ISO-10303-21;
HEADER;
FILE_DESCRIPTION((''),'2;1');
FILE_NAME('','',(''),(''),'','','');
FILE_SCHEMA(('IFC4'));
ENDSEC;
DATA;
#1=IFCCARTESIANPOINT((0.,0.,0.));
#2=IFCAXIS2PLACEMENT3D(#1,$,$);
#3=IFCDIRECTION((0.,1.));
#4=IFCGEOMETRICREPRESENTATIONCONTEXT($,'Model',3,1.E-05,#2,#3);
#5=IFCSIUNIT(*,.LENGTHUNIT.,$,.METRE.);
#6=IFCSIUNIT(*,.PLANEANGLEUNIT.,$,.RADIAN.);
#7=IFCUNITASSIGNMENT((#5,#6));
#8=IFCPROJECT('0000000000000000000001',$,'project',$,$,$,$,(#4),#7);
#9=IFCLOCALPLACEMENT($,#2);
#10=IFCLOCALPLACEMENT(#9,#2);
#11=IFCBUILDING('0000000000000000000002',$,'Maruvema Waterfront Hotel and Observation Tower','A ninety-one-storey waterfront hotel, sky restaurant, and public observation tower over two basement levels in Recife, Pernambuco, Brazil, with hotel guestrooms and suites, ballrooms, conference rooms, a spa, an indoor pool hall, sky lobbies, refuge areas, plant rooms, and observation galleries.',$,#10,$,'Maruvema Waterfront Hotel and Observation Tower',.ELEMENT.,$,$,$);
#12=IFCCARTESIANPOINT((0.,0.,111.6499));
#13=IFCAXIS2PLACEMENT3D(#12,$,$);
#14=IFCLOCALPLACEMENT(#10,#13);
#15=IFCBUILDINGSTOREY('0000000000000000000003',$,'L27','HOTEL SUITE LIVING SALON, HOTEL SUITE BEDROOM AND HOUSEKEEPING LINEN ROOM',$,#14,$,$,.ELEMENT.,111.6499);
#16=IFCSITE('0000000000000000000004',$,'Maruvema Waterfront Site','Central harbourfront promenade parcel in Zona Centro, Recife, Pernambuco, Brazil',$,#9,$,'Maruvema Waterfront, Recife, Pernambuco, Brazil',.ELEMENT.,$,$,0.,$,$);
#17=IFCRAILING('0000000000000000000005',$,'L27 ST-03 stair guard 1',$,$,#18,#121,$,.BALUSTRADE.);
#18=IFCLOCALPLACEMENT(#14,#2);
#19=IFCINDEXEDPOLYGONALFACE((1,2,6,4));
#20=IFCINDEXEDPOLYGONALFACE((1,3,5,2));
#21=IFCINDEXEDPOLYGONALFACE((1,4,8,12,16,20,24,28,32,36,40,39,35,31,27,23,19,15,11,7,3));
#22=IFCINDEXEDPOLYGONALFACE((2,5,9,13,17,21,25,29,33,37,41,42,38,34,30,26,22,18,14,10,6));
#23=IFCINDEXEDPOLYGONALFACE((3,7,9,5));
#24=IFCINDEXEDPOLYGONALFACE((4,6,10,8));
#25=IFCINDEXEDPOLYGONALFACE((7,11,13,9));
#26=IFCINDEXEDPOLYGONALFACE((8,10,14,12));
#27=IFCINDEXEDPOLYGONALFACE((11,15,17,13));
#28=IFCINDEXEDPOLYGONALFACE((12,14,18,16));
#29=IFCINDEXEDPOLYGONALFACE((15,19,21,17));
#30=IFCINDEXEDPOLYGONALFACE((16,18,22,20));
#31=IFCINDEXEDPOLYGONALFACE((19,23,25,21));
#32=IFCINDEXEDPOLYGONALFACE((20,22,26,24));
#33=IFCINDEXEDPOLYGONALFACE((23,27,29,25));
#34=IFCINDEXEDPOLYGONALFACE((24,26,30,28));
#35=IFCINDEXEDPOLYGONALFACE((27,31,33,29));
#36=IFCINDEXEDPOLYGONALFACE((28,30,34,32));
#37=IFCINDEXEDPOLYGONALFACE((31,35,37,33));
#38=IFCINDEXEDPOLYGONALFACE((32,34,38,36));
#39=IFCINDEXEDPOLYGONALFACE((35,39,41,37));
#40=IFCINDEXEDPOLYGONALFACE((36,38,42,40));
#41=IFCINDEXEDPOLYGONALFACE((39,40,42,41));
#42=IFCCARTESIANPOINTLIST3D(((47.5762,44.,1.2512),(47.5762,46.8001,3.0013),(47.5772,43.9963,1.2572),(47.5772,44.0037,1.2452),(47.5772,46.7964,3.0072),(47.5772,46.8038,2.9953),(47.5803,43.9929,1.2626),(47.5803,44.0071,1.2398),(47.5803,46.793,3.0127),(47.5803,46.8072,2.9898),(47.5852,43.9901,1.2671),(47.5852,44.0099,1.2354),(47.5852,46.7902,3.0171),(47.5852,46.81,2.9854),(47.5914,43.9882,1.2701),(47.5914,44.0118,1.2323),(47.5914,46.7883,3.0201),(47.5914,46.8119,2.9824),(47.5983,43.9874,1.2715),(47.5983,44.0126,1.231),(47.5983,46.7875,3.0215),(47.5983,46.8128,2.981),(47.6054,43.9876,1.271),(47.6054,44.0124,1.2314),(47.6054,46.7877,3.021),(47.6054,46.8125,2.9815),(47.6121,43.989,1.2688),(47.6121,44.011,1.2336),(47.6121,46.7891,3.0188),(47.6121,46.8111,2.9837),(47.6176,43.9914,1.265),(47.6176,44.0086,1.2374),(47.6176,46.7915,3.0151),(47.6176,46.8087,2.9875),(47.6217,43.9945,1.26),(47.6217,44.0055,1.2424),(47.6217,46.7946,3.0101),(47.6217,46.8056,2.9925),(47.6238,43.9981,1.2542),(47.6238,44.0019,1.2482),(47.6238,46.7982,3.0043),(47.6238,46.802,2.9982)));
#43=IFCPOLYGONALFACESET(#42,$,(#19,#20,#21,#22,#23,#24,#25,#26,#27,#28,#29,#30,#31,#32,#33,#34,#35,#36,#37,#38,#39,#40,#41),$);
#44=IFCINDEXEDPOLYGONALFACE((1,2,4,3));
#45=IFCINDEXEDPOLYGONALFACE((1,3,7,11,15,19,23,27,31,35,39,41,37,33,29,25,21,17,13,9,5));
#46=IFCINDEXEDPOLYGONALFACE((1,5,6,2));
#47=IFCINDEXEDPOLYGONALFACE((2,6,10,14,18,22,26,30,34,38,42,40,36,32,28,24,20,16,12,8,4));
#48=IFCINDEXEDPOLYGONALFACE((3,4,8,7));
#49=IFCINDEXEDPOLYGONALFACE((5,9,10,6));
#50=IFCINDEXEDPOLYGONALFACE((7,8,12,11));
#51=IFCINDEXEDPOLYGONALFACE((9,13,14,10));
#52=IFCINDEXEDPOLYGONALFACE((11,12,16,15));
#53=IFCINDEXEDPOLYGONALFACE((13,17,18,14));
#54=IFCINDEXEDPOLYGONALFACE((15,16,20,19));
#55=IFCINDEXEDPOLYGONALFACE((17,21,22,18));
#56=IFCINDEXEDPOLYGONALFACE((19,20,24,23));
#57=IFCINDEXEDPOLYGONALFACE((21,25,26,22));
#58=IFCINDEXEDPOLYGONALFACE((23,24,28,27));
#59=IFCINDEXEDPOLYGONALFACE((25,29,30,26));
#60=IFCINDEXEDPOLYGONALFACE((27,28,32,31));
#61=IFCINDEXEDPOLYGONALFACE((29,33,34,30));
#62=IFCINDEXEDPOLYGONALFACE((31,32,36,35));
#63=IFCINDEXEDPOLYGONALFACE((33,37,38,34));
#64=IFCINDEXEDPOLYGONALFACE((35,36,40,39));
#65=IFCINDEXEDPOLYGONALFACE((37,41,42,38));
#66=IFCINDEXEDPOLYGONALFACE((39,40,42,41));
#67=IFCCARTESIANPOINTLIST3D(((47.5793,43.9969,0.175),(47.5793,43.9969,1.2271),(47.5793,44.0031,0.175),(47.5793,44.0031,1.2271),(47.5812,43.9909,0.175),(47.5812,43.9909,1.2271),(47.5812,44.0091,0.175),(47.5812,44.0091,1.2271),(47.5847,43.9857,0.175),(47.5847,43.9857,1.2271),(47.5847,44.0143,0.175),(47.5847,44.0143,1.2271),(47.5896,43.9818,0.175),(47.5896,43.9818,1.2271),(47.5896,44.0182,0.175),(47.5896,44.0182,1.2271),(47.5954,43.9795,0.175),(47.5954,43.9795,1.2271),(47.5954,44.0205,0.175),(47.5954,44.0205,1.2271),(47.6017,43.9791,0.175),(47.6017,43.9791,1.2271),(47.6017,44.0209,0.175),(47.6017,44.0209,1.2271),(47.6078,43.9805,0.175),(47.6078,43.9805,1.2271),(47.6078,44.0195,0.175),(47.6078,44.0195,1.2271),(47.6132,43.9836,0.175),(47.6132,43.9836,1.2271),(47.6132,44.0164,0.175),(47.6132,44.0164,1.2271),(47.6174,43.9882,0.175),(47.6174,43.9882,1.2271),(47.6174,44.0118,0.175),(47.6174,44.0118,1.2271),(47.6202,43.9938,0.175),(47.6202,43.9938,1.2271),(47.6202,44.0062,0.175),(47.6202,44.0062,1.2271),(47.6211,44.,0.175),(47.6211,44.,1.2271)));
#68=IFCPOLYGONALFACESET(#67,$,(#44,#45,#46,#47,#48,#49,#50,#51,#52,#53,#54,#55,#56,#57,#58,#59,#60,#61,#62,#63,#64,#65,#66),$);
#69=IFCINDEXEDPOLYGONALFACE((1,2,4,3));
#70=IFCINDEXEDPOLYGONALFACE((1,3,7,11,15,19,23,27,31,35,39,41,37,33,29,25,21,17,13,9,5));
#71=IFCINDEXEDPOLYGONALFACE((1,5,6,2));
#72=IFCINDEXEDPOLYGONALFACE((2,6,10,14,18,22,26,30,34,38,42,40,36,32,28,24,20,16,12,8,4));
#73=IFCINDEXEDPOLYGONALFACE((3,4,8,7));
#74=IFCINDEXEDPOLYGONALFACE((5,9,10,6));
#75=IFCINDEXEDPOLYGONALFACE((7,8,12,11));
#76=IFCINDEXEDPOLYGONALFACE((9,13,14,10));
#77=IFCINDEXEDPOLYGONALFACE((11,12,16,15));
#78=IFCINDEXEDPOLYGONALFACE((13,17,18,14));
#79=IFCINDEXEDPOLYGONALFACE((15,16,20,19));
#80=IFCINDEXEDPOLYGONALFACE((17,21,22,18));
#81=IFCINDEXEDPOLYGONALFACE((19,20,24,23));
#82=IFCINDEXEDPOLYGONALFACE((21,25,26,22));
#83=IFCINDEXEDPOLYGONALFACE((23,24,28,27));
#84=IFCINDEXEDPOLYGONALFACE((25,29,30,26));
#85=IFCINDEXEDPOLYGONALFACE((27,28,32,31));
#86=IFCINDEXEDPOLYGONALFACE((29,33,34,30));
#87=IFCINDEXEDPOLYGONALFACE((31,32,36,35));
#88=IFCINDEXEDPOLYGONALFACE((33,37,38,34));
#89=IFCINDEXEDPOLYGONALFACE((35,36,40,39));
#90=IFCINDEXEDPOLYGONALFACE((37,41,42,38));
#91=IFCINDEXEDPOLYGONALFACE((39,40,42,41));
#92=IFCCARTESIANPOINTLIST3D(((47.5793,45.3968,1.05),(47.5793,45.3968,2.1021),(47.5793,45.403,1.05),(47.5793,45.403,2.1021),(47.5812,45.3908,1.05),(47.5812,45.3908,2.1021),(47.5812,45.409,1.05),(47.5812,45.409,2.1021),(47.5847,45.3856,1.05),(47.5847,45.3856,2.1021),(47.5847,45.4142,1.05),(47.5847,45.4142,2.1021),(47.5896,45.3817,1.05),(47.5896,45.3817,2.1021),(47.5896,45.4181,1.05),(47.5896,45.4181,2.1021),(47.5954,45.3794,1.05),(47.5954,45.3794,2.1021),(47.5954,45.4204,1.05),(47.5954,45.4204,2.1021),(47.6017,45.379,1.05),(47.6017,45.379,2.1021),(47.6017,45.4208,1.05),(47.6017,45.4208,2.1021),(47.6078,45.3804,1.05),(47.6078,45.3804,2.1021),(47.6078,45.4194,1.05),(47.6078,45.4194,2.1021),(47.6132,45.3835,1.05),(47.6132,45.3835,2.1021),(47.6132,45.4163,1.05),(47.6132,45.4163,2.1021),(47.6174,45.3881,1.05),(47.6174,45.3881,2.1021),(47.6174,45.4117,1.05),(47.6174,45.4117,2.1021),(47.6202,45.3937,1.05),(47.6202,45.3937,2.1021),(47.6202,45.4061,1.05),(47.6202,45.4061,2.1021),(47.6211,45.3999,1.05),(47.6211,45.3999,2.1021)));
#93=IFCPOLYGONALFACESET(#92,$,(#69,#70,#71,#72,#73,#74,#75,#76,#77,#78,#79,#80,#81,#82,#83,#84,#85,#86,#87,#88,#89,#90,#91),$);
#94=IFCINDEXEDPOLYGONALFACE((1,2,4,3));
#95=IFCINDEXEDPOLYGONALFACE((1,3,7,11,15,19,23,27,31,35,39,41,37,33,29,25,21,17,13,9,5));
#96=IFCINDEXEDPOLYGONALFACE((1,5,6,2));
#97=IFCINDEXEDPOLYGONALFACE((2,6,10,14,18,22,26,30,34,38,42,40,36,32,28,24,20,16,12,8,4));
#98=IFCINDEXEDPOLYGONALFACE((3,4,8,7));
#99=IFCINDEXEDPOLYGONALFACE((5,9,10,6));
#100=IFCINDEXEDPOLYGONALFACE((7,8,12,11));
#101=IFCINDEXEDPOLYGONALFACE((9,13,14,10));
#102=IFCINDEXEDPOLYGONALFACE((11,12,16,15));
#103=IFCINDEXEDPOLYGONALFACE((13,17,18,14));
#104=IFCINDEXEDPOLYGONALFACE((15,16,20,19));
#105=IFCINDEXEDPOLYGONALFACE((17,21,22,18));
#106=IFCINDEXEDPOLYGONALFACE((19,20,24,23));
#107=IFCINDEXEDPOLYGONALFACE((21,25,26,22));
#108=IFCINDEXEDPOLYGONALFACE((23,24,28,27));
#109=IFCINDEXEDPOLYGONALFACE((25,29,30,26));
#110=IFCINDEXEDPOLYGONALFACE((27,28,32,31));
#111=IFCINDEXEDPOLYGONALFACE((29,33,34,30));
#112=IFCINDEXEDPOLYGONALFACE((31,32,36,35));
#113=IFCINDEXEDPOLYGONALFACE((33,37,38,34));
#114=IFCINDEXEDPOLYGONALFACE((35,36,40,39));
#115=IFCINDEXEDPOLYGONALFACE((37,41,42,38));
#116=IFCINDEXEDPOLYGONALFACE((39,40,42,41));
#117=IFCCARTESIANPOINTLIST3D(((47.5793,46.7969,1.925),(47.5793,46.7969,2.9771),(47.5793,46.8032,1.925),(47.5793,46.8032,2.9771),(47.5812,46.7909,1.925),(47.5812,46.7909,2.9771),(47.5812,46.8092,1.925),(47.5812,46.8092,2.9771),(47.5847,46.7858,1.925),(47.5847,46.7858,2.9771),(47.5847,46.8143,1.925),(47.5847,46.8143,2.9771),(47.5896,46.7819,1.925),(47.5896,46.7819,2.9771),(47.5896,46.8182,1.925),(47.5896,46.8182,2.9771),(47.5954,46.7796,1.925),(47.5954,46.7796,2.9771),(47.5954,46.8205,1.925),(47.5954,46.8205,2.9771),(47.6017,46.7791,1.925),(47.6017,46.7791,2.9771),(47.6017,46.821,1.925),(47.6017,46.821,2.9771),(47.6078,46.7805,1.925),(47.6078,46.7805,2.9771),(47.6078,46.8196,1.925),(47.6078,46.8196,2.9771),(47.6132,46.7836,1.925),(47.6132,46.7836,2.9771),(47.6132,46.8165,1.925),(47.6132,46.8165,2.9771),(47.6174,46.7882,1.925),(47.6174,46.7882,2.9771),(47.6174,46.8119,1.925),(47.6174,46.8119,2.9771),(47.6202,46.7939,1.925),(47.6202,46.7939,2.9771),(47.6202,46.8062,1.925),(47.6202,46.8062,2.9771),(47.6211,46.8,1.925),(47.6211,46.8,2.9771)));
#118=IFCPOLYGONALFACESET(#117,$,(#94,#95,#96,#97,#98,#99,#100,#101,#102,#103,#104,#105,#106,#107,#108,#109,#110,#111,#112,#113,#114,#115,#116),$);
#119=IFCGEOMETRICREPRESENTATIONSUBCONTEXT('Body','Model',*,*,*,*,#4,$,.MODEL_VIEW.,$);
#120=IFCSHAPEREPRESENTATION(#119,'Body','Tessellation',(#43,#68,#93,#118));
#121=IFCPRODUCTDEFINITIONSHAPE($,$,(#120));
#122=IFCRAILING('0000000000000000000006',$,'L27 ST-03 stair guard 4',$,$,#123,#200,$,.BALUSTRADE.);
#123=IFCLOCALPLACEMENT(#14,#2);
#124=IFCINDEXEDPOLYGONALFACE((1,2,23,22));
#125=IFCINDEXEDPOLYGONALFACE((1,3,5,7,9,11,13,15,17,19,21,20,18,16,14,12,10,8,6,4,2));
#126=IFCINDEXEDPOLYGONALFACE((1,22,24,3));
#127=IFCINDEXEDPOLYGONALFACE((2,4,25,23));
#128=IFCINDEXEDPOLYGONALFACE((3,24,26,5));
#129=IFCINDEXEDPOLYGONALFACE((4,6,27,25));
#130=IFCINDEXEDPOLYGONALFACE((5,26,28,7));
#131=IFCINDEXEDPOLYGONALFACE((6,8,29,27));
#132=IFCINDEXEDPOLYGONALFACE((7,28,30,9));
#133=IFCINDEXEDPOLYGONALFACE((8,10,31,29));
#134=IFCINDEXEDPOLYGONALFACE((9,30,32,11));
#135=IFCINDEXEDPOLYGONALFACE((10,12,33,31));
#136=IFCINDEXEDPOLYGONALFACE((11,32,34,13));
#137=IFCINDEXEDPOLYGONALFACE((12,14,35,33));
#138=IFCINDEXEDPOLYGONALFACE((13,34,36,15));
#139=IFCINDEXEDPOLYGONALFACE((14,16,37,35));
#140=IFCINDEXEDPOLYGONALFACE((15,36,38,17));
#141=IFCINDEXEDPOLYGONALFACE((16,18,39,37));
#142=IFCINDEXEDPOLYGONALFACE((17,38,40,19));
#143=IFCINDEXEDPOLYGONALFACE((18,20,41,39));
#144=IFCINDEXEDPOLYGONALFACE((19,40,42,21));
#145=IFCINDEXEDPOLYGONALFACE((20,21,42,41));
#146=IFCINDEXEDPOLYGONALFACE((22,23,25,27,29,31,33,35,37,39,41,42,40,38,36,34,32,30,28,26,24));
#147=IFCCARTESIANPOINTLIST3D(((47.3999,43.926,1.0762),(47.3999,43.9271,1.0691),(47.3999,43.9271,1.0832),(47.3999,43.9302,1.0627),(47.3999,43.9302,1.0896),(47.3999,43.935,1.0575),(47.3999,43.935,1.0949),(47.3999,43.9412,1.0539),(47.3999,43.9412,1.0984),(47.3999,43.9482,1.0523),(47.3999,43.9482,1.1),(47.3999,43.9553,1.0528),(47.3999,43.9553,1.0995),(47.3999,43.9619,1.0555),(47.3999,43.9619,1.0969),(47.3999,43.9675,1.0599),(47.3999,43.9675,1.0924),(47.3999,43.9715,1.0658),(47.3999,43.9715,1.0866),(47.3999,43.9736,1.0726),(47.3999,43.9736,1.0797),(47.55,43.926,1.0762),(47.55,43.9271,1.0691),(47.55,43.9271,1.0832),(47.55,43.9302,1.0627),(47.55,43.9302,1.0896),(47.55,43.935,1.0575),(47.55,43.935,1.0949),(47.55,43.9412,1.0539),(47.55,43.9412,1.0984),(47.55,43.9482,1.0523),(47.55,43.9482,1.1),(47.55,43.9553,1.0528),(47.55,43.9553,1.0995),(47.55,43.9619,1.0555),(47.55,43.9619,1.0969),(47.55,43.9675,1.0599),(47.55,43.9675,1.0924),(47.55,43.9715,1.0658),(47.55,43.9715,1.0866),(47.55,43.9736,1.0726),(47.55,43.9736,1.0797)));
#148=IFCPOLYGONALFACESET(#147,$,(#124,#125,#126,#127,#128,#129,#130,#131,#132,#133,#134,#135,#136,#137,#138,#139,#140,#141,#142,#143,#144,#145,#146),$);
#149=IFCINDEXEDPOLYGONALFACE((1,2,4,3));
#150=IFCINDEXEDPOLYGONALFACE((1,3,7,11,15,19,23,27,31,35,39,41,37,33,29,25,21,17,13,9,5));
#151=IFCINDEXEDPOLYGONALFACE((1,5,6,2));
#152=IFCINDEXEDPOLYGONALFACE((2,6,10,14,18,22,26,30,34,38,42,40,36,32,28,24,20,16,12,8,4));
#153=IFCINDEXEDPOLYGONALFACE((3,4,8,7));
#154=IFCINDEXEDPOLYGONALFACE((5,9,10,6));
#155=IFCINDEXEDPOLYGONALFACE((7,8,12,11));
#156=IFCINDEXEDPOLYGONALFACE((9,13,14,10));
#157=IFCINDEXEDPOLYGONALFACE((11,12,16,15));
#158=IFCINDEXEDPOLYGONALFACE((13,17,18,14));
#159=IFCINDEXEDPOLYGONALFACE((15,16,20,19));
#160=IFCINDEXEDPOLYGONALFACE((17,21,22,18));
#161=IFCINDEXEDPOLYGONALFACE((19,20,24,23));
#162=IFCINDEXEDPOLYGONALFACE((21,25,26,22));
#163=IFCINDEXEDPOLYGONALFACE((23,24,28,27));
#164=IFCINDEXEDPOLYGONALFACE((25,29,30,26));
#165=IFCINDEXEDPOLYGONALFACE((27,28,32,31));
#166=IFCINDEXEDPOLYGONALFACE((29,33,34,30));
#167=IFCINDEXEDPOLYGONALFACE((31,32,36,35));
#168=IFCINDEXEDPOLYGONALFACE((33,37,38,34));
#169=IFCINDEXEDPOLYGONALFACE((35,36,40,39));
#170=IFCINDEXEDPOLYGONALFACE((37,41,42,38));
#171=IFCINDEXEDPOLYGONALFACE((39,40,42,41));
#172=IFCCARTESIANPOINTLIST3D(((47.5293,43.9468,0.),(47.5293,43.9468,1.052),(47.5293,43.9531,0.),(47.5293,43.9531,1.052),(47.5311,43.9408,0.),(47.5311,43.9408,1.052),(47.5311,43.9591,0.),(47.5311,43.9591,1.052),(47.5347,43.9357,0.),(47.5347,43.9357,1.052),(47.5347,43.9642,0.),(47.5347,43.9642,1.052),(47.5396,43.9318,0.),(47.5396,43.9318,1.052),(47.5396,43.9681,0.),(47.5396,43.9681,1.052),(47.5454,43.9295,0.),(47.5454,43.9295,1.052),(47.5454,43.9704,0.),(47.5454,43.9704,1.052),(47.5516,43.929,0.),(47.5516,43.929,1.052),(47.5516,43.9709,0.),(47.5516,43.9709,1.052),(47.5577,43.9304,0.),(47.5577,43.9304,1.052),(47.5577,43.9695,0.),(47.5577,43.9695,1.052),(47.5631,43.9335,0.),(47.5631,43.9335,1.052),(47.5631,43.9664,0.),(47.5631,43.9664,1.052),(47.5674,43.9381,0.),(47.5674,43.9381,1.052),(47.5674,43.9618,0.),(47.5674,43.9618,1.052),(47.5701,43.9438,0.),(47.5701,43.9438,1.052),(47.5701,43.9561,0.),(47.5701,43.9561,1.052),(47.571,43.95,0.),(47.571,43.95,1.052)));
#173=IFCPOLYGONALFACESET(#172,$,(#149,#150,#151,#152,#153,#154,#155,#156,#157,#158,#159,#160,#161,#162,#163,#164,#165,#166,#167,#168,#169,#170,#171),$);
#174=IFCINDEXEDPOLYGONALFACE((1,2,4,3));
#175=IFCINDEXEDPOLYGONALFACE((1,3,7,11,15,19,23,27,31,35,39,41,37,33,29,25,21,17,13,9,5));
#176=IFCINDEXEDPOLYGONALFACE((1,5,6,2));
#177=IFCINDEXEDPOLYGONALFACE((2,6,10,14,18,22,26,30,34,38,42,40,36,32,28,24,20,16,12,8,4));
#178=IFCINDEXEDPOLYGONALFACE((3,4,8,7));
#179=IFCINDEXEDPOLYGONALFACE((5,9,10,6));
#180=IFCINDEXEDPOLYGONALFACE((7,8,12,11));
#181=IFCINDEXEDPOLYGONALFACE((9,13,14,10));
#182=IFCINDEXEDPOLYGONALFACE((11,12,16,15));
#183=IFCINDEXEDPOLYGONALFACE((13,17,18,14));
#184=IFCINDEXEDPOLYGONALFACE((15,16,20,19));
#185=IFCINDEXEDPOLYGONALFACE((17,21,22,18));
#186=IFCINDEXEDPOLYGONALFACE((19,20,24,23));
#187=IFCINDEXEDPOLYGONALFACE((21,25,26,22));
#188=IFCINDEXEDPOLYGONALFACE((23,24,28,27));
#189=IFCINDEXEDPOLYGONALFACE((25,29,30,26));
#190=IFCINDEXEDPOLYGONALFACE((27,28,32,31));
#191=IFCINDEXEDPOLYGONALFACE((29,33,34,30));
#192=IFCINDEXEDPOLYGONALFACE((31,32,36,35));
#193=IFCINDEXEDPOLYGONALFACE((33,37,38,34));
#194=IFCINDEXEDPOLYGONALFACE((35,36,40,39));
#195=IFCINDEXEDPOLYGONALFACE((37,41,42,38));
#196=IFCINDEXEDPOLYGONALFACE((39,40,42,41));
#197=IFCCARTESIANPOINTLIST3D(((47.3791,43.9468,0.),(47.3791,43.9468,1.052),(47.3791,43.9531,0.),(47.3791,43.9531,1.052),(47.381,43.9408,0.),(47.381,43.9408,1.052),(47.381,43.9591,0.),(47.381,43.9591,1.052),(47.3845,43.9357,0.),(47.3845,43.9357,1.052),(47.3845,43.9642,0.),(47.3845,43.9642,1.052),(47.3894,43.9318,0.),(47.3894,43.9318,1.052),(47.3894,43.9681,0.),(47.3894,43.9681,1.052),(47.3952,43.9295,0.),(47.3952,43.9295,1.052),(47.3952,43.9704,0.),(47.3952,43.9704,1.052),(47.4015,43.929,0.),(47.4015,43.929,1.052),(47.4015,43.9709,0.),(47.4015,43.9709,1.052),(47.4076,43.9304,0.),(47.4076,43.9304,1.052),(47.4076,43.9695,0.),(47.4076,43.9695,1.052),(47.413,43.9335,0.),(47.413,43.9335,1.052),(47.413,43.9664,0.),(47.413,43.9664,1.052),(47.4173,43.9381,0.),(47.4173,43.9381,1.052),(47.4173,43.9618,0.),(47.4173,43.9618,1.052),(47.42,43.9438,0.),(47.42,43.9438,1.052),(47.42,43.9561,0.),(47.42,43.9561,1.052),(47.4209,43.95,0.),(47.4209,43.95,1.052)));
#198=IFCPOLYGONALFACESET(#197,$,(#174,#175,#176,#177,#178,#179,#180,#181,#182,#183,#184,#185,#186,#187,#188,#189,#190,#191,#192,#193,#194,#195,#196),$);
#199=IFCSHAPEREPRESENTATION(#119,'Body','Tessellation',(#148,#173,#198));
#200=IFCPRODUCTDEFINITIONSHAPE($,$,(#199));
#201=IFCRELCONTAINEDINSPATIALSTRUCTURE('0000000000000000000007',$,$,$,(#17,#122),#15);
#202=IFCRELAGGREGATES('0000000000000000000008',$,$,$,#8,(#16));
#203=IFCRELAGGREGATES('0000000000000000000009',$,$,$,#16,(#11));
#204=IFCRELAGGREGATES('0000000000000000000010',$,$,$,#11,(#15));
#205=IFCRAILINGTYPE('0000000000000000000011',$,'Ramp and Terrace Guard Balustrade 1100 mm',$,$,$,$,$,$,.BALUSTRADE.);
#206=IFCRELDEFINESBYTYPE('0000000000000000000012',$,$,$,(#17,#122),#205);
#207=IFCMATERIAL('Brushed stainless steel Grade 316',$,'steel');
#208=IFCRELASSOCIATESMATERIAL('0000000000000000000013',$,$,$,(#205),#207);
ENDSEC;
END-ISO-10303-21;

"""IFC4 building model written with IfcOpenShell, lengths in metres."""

from ifc_helpers import new_model, si_unit, direction, frame, origin, origin_2d, place, context, subcontext, project, spatial, circle, extrude, material, type_object, element, save


model = new_model("IFC4")

# Units and contexts
model_context = context("Model", 3, precision=1e-05, world=origin(), true_north=direction((0.0, 1.0)))
body_context = subcontext(model_context, "Body", "Model", "MODEL_VIEW")
ifc_project = project(units=[si_unit("LENGTHUNIT", "METRE"), si_unit("PLANEANGLEUNIT", "RADIAN")], contexts=[model_context])

# Site, building, storey
site_placement = place(None, origin())
site = spatial("IfcSite", under=ifc_project, at=site_placement, Name="Maruvema Waterfront Site", Description="Central harbourfront promenade parcel in Zona Centro, Recife, Pernambuco, Brazil", LongName="Maruvema Waterfront, Recife, Pernambuco, Brazil", CompositionType="ELEMENT", RefElevation=0.0)
building_placement = place(site_placement, origin())
building = spatial("IfcBuilding", under=site, at=building_placement, Name="Maruvema Waterfront Hotel and Observation Tower", Description="A ninety-one-storey waterfront hotel, sky restaurant, and public observation tower over two basement levels in Recife, Pernambuco, Brazil, with hotel guestrooms and suites, ballrooms, conference rooms, a spa, an indoor pool hall, sky lobbies, refuge areas, plant rooms, and observation galleries.", LongName="Maruvema Waterfront Hotel and Observation Tower", CompositionType="ELEMENT")
storey_placement = place(building_placement, frame((0.0, 0.0, 111.6499)))
storey = spatial("IfcBuildingStorey", under=building, at=storey_placement, Name="L27", Description="HOTEL SUITE LIVING SALON, HOTEL SUITE BEDROOM AND HOUSEKEEPING LINEN ROOM", CompositionType="ELEMENT", Elevation=111.6499)

# Railings
ifc_material_1 = material(Name="Brushed stainless steel Grade 316", Category="steel")
railing_type_1 = type_object("IfcRailingType", Name="Ramp and Terrace Guard Balustrade 1100 mm", PredefinedType="BALUSTRADE", material=ifc_material_1)
railing_1_placement = place(storey_placement, frame((47.6001, 44.0, 0.175)))
element("IfcRailing", 1, at=railing_1_placement, inside=storey, type_object=railing_type_1, Name="L27 ST-03 stair guard 1", PredefinedType="BALUSTRADE", context=body_context, shape_type="SweptSolid", body=[
    extrude(circle(Radius=0.0239, at=origin_2d()), frame((0.0, 0.0, 1.0762), z_axis=(0.0, 0.848002, 0.529992), x_axis=(-1.0, 0.0, 0.0)), (0.0, 0.0, 1.0), 3.302),
    extrude(circle(Radius=0.021, at=origin_2d()), origin(), (0.0, 0.0, 1.0), 1.052),
    extrude(circle(Radius=0.021, at=origin_2d()), frame((0.0, 1.3999, 0.875)), (0.0, 0.0, 1.0), 1.052),
    extrude(circle(Radius=0.021, at=origin_2d()), frame((0.0, 2.8, 1.75)), (0.0, 0.0, 1.0), 1.052),
])
railing_2_placement = place(storey_placement, frame((47.55, 43.95, 0.0)))
element("IfcRailing", 2, at=railing_2_placement, inside=storey, type_object=railing_type_1, Name="L27 ST-03 stair guard 4", PredefinedType="BALUSTRADE", context=body_context, shape_type="SweptSolid", body=[
    extrude(circle(Radius=0.0239, at=origin_2d()), frame((0.0, 0.0, 1.0762), z_axis=(-1.0, 0.0, 0.0), x_axis=(0.0, -1.0, 0.0)), (0.0, 0.0, 1.0), 0.1501),
    extrude(circle(Radius=0.021, at=origin_2d()), origin(), (0.0, 0.0, 1.0), 1.052),
    extrude(circle(Radius=0.021, at=origin_2d()), frame((-0.1501, 0.0, 0.0)), (0.0, 0.0, 1.0), 1.052),
])

save(model, "model.ifc")
